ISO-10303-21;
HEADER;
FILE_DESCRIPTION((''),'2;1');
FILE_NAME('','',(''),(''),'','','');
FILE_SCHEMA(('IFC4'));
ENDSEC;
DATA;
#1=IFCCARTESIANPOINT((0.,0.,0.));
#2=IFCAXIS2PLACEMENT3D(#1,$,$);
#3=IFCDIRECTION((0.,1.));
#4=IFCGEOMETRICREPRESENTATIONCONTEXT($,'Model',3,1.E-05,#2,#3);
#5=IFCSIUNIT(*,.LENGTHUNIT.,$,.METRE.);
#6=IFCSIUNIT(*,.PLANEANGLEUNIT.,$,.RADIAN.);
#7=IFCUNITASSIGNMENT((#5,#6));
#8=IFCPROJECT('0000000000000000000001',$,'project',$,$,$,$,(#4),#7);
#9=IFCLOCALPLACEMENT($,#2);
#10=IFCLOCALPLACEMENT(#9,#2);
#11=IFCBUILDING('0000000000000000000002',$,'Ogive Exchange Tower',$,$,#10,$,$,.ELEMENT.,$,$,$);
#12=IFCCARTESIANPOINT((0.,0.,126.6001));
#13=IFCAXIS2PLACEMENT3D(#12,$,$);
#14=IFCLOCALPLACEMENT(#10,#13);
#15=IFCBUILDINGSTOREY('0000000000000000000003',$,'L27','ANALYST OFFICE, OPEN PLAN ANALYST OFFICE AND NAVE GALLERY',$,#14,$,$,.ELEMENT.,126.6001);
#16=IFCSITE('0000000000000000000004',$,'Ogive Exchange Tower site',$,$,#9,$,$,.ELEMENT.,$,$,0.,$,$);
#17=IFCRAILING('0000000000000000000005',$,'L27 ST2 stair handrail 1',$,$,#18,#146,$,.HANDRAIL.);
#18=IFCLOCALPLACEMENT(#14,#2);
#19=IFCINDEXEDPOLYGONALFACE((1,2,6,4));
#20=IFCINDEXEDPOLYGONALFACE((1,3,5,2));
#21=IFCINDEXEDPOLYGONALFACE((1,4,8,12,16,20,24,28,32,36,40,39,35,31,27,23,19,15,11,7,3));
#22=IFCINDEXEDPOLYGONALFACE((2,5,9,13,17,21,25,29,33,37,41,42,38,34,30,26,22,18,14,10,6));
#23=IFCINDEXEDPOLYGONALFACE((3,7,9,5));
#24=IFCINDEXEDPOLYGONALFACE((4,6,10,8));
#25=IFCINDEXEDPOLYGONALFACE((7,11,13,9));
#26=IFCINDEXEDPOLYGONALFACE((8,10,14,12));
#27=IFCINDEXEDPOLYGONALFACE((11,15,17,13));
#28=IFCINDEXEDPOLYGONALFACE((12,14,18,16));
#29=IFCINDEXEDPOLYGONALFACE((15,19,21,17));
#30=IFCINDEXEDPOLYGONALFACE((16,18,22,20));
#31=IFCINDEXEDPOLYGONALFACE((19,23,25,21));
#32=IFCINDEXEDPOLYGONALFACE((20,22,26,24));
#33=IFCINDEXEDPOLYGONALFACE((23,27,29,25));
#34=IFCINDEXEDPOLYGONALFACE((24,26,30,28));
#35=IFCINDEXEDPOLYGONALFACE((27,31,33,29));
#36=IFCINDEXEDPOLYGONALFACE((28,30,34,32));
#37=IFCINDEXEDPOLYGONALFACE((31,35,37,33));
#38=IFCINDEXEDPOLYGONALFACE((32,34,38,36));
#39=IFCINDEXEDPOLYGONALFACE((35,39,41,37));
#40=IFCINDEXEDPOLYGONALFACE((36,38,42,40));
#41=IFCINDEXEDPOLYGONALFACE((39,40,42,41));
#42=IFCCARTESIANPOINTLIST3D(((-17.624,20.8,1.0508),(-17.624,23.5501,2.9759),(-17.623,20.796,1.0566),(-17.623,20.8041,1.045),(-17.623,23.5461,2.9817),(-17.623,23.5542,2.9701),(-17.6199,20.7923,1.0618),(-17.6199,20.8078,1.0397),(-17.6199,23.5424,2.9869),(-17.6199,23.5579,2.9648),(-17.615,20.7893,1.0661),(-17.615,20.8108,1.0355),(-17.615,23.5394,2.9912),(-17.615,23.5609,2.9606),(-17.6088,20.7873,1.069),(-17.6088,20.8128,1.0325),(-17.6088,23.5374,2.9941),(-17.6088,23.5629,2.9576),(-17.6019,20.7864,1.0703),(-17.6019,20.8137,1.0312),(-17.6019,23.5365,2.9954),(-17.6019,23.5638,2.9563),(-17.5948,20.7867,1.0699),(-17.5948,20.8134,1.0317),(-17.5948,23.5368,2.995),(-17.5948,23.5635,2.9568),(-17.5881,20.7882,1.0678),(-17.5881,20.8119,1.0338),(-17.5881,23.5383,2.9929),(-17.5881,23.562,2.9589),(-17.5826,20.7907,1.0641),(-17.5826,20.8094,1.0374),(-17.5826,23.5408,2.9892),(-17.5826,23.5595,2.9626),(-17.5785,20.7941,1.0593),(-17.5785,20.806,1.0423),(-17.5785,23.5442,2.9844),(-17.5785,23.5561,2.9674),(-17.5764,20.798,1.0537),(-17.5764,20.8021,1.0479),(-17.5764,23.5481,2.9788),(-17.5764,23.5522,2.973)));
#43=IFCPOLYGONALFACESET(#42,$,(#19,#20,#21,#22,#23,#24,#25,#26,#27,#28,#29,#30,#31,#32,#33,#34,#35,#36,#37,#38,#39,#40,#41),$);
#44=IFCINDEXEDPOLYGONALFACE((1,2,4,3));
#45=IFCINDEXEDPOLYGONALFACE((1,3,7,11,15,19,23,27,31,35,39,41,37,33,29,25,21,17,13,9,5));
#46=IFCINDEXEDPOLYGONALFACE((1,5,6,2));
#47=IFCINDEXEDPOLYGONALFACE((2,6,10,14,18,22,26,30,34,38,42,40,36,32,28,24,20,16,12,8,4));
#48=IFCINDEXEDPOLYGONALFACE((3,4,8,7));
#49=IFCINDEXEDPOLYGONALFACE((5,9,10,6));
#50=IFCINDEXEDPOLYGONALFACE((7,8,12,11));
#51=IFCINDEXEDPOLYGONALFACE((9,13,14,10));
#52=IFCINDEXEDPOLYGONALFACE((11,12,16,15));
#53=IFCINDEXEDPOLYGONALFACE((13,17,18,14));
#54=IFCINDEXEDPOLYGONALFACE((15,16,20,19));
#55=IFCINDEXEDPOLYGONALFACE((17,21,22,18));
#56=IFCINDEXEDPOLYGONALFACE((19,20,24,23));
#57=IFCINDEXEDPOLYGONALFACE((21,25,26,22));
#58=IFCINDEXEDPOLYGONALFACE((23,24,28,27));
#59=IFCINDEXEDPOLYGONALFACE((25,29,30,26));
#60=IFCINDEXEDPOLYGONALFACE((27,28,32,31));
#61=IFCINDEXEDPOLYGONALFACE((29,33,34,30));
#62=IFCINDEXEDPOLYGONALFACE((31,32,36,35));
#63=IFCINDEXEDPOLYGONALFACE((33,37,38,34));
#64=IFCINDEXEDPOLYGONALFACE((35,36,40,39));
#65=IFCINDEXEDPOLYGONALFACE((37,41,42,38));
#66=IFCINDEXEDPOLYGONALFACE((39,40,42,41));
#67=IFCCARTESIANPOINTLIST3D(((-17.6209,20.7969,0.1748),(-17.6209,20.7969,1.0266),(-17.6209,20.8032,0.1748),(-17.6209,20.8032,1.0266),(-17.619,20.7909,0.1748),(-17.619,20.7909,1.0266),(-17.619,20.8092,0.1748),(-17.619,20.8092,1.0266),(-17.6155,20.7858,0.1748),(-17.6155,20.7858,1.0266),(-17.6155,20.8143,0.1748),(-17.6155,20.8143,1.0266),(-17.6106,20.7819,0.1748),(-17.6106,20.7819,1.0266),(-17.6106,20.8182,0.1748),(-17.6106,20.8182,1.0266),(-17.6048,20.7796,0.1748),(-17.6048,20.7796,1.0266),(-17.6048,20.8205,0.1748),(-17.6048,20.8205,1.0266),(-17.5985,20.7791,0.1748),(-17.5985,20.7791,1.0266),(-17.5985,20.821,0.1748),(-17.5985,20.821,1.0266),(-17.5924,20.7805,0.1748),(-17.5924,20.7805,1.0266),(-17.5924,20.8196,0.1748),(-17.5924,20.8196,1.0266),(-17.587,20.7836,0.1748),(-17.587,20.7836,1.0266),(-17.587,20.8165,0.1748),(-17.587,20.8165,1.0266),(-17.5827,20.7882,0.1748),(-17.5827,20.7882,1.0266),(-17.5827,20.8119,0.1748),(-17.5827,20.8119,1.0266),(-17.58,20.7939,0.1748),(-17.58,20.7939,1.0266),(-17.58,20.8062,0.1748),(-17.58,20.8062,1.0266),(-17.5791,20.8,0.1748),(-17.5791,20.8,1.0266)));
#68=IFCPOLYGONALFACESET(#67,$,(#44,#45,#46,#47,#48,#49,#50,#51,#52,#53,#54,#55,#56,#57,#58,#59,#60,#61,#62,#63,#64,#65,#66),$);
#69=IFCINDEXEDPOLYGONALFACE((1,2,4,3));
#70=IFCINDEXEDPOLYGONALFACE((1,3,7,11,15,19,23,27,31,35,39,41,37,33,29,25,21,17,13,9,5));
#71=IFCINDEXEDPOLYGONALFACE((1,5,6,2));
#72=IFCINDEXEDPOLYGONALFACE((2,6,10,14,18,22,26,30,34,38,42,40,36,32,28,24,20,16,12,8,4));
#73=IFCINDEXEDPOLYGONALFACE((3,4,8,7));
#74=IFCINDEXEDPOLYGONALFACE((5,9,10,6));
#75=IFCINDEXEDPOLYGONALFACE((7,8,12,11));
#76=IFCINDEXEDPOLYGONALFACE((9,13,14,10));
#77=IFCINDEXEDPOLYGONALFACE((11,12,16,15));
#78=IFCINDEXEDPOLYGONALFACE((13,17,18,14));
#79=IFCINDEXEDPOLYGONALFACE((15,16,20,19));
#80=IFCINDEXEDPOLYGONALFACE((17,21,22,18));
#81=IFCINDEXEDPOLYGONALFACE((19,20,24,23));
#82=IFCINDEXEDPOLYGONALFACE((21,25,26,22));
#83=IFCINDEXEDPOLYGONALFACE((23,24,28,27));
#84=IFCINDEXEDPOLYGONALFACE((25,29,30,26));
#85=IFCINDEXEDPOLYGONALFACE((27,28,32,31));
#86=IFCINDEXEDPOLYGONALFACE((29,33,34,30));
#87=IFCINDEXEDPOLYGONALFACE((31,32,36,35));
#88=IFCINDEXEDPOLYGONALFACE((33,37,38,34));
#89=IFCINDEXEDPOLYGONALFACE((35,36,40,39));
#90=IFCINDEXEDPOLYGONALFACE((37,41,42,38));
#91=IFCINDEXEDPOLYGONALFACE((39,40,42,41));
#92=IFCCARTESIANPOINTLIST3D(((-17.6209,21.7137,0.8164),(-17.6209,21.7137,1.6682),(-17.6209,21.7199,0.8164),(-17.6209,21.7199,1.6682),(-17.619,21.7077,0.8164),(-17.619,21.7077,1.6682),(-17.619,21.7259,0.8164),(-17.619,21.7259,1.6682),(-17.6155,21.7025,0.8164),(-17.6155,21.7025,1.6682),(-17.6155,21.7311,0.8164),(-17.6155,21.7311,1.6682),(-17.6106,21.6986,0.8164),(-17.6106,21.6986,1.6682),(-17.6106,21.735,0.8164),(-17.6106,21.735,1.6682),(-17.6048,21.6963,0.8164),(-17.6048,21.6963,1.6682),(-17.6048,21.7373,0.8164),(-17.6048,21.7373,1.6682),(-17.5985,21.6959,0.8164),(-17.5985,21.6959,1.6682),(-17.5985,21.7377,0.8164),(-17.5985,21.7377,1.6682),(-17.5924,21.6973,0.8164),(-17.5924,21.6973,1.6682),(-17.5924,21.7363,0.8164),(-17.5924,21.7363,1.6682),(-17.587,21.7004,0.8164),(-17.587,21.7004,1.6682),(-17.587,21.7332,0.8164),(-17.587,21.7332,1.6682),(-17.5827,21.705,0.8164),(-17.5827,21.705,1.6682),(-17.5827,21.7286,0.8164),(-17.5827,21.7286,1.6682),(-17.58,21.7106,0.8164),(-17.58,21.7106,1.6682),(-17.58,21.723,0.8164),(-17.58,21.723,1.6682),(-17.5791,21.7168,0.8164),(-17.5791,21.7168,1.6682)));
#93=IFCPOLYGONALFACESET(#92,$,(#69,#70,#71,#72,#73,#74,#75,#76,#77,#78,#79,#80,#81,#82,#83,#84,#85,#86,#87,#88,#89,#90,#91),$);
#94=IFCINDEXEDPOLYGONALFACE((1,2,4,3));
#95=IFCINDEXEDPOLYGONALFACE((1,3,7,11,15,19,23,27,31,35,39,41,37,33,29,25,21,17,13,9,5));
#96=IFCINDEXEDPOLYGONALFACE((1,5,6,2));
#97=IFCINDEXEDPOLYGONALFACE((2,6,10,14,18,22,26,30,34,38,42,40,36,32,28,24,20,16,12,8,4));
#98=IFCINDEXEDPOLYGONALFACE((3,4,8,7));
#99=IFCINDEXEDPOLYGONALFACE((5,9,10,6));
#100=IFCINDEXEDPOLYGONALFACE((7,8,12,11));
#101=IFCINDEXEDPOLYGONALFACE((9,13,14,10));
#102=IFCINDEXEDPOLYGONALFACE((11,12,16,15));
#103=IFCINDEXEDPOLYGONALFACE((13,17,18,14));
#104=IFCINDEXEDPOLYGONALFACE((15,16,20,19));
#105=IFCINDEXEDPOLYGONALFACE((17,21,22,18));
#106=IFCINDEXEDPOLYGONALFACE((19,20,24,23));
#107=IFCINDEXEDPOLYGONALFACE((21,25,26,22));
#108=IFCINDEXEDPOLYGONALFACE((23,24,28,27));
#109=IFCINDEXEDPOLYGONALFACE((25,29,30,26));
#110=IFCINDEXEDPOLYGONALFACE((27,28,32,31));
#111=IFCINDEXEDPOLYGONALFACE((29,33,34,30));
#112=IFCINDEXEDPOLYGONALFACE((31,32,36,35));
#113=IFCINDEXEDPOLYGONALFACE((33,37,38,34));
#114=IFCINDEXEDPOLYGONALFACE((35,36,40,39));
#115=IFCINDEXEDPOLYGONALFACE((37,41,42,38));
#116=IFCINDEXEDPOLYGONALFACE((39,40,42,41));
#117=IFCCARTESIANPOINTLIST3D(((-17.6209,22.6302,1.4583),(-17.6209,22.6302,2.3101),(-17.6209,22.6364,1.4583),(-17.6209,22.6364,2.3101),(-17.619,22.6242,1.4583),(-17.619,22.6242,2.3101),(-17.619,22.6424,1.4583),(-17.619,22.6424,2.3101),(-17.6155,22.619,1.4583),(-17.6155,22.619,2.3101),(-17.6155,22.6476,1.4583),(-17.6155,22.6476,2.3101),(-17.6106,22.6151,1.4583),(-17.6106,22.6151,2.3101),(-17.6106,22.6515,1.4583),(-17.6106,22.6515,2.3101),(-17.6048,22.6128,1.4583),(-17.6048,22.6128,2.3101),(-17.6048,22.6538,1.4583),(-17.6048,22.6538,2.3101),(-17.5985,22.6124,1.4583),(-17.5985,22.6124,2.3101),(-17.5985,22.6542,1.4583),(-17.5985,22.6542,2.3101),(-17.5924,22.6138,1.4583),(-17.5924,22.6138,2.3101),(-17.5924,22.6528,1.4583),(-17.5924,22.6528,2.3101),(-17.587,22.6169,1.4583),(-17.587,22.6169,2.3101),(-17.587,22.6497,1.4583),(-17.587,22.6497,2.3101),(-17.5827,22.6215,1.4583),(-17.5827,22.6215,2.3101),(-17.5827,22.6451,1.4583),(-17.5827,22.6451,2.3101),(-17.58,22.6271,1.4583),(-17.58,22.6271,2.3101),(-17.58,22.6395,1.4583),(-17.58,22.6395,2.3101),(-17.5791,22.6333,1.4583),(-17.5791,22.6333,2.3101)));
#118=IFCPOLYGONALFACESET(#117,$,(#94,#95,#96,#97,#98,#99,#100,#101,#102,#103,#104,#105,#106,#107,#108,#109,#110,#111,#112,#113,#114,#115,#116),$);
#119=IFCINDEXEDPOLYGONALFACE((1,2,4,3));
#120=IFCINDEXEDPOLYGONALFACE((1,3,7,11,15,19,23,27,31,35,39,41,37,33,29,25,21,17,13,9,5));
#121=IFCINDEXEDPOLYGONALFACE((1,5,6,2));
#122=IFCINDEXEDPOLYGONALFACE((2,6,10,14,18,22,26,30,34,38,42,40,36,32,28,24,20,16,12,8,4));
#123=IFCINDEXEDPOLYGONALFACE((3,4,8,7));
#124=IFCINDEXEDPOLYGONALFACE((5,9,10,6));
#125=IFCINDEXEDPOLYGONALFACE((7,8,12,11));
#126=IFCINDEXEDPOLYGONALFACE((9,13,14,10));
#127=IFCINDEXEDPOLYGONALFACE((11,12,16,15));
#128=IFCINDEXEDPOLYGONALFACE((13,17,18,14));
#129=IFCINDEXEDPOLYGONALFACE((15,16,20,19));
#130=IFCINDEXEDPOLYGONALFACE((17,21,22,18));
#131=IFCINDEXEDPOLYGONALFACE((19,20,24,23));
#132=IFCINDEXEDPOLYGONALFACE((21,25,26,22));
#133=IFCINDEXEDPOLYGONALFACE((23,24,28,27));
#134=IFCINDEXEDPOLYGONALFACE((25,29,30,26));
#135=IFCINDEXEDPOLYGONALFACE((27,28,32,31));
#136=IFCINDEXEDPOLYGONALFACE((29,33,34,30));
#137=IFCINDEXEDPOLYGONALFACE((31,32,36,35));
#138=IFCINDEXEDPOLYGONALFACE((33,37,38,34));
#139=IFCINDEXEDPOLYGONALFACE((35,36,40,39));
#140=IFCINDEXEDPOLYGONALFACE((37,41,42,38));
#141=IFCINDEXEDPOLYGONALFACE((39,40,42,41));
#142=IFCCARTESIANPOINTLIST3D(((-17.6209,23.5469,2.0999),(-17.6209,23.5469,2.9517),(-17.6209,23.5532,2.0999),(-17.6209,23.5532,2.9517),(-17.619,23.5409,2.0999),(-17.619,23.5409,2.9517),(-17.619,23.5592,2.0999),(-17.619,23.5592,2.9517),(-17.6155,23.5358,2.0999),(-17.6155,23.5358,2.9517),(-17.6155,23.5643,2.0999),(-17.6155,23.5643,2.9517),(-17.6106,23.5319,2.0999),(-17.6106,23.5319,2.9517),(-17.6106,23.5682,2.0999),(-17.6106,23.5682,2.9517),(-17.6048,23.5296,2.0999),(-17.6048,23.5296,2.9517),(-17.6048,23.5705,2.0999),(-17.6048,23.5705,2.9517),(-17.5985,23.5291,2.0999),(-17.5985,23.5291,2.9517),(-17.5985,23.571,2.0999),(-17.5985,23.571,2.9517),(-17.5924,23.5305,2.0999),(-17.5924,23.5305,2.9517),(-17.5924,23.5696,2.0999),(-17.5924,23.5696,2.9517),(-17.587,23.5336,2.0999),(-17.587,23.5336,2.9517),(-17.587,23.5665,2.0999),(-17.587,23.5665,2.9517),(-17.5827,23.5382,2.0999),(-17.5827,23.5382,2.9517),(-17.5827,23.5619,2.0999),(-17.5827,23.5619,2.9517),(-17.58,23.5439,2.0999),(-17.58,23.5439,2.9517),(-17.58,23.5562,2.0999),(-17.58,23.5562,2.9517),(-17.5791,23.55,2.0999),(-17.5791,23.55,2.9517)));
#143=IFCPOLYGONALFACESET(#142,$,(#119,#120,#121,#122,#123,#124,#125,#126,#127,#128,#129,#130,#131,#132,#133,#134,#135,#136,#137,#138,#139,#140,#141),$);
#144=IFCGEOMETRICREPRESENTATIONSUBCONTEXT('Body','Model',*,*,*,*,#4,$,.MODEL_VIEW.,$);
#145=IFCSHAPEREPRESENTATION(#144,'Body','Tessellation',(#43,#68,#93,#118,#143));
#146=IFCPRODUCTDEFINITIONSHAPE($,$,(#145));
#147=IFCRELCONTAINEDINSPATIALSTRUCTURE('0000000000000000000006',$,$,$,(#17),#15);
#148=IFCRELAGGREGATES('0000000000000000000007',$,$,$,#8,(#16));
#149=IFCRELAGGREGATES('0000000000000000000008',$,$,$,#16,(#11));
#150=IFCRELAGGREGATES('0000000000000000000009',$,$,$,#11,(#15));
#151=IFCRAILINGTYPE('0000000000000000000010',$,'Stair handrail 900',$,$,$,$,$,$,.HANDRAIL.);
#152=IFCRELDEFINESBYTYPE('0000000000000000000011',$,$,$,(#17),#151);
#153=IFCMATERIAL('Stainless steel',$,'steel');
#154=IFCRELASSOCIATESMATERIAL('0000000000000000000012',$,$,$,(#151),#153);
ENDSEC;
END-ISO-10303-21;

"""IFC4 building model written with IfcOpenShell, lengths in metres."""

from ifc_helpers import new_model, si_unit, direction, frame, origin, origin_2d, place, context, subcontext, project, spatial, circle, extrude, material, type_object, element, save


model = new_model("IFC4")

# Units and contexts
model_context = context("Model", 3, precision=1e-05, world=origin(), true_north=direction((0.0, 1.0)))
body_context = subcontext(model_context, "Body", "Model", "MODEL_VIEW")
ifc_project = project(units=[si_unit("LENGTHUNIT", "METRE"), si_unit("PLANEANGLEUNIT", "RADIAN")], contexts=[model_context])

# Site, building, storey
site_placement = place(None, origin())
site = spatial("IfcSite", under=ifc_project, at=site_placement, Name="Ogive Exchange Tower site", CompositionType="ELEMENT", RefElevation=0.0)
building_placement = place(site_placement, origin())
building = spatial("IfcBuilding", under=site, at=building_placement, Name="Ogive Exchange Tower", CompositionType="ELEMENT")
storey_placement = place(building_placement, frame((0.0, 0.0, 126.6001)))
storey = spatial("IfcBuildingStorey", under=building, at=storey_placement, Name="L27", Description="ANALYST OFFICE, OPEN PLAN ANALYST OFFICE AND NAVE GALLERY", CompositionType="ELEMENT", Elevation=126.6001)

# Railing
ifc_material_1 = material(Name="Stainless steel", Category="steel")
railing_type = type_object("IfcRailingType", Name="Stair handrail 900", PredefinedType="HANDRAIL", material=ifc_material_1)
railing_placement = place(storey_placement, frame((-17.6001, 20.8, 0.1748)))
element("IfcRailing", 1, at=railing_placement, inside=storey, type_object=railing_type, Name="L27 ST2 stair handrail 1", PredefinedType="HANDRAIL", context=body_context, shape_type="SweptSolid", body=[
    extrude(circle(Radius=0.0239, at=origin_2d()), frame((0.0, 0.0, 0.876), z_axis=(0.0, 0.819225, 0.573472), x_axis=(-1.0, 0.0, 0.0)), (0.0, 0.0, 1.0), 3.3569),
    extrude(circle(Radius=0.021, at=origin_2d()), origin(), (0.0, 0.0, 1.0), 0.8518),
    extrude(circle(Radius=0.021, at=origin_2d()), frame((0.0, 0.9167, 0.6416)), (0.0, 0.0, 1.0), 0.8518),
    extrude(circle(Radius=0.021, at=origin_2d()), frame((0.0, 1.8333, 1.2834)), (0.0, 0.0, 1.0), 0.8518),
    extrude(circle(Radius=0.021, at=origin_2d()), frame((0.0, 2.75, 1.925)), (0.0, 0.0, 1.0), 0.8518),
])

save(model, "model.ifc")
